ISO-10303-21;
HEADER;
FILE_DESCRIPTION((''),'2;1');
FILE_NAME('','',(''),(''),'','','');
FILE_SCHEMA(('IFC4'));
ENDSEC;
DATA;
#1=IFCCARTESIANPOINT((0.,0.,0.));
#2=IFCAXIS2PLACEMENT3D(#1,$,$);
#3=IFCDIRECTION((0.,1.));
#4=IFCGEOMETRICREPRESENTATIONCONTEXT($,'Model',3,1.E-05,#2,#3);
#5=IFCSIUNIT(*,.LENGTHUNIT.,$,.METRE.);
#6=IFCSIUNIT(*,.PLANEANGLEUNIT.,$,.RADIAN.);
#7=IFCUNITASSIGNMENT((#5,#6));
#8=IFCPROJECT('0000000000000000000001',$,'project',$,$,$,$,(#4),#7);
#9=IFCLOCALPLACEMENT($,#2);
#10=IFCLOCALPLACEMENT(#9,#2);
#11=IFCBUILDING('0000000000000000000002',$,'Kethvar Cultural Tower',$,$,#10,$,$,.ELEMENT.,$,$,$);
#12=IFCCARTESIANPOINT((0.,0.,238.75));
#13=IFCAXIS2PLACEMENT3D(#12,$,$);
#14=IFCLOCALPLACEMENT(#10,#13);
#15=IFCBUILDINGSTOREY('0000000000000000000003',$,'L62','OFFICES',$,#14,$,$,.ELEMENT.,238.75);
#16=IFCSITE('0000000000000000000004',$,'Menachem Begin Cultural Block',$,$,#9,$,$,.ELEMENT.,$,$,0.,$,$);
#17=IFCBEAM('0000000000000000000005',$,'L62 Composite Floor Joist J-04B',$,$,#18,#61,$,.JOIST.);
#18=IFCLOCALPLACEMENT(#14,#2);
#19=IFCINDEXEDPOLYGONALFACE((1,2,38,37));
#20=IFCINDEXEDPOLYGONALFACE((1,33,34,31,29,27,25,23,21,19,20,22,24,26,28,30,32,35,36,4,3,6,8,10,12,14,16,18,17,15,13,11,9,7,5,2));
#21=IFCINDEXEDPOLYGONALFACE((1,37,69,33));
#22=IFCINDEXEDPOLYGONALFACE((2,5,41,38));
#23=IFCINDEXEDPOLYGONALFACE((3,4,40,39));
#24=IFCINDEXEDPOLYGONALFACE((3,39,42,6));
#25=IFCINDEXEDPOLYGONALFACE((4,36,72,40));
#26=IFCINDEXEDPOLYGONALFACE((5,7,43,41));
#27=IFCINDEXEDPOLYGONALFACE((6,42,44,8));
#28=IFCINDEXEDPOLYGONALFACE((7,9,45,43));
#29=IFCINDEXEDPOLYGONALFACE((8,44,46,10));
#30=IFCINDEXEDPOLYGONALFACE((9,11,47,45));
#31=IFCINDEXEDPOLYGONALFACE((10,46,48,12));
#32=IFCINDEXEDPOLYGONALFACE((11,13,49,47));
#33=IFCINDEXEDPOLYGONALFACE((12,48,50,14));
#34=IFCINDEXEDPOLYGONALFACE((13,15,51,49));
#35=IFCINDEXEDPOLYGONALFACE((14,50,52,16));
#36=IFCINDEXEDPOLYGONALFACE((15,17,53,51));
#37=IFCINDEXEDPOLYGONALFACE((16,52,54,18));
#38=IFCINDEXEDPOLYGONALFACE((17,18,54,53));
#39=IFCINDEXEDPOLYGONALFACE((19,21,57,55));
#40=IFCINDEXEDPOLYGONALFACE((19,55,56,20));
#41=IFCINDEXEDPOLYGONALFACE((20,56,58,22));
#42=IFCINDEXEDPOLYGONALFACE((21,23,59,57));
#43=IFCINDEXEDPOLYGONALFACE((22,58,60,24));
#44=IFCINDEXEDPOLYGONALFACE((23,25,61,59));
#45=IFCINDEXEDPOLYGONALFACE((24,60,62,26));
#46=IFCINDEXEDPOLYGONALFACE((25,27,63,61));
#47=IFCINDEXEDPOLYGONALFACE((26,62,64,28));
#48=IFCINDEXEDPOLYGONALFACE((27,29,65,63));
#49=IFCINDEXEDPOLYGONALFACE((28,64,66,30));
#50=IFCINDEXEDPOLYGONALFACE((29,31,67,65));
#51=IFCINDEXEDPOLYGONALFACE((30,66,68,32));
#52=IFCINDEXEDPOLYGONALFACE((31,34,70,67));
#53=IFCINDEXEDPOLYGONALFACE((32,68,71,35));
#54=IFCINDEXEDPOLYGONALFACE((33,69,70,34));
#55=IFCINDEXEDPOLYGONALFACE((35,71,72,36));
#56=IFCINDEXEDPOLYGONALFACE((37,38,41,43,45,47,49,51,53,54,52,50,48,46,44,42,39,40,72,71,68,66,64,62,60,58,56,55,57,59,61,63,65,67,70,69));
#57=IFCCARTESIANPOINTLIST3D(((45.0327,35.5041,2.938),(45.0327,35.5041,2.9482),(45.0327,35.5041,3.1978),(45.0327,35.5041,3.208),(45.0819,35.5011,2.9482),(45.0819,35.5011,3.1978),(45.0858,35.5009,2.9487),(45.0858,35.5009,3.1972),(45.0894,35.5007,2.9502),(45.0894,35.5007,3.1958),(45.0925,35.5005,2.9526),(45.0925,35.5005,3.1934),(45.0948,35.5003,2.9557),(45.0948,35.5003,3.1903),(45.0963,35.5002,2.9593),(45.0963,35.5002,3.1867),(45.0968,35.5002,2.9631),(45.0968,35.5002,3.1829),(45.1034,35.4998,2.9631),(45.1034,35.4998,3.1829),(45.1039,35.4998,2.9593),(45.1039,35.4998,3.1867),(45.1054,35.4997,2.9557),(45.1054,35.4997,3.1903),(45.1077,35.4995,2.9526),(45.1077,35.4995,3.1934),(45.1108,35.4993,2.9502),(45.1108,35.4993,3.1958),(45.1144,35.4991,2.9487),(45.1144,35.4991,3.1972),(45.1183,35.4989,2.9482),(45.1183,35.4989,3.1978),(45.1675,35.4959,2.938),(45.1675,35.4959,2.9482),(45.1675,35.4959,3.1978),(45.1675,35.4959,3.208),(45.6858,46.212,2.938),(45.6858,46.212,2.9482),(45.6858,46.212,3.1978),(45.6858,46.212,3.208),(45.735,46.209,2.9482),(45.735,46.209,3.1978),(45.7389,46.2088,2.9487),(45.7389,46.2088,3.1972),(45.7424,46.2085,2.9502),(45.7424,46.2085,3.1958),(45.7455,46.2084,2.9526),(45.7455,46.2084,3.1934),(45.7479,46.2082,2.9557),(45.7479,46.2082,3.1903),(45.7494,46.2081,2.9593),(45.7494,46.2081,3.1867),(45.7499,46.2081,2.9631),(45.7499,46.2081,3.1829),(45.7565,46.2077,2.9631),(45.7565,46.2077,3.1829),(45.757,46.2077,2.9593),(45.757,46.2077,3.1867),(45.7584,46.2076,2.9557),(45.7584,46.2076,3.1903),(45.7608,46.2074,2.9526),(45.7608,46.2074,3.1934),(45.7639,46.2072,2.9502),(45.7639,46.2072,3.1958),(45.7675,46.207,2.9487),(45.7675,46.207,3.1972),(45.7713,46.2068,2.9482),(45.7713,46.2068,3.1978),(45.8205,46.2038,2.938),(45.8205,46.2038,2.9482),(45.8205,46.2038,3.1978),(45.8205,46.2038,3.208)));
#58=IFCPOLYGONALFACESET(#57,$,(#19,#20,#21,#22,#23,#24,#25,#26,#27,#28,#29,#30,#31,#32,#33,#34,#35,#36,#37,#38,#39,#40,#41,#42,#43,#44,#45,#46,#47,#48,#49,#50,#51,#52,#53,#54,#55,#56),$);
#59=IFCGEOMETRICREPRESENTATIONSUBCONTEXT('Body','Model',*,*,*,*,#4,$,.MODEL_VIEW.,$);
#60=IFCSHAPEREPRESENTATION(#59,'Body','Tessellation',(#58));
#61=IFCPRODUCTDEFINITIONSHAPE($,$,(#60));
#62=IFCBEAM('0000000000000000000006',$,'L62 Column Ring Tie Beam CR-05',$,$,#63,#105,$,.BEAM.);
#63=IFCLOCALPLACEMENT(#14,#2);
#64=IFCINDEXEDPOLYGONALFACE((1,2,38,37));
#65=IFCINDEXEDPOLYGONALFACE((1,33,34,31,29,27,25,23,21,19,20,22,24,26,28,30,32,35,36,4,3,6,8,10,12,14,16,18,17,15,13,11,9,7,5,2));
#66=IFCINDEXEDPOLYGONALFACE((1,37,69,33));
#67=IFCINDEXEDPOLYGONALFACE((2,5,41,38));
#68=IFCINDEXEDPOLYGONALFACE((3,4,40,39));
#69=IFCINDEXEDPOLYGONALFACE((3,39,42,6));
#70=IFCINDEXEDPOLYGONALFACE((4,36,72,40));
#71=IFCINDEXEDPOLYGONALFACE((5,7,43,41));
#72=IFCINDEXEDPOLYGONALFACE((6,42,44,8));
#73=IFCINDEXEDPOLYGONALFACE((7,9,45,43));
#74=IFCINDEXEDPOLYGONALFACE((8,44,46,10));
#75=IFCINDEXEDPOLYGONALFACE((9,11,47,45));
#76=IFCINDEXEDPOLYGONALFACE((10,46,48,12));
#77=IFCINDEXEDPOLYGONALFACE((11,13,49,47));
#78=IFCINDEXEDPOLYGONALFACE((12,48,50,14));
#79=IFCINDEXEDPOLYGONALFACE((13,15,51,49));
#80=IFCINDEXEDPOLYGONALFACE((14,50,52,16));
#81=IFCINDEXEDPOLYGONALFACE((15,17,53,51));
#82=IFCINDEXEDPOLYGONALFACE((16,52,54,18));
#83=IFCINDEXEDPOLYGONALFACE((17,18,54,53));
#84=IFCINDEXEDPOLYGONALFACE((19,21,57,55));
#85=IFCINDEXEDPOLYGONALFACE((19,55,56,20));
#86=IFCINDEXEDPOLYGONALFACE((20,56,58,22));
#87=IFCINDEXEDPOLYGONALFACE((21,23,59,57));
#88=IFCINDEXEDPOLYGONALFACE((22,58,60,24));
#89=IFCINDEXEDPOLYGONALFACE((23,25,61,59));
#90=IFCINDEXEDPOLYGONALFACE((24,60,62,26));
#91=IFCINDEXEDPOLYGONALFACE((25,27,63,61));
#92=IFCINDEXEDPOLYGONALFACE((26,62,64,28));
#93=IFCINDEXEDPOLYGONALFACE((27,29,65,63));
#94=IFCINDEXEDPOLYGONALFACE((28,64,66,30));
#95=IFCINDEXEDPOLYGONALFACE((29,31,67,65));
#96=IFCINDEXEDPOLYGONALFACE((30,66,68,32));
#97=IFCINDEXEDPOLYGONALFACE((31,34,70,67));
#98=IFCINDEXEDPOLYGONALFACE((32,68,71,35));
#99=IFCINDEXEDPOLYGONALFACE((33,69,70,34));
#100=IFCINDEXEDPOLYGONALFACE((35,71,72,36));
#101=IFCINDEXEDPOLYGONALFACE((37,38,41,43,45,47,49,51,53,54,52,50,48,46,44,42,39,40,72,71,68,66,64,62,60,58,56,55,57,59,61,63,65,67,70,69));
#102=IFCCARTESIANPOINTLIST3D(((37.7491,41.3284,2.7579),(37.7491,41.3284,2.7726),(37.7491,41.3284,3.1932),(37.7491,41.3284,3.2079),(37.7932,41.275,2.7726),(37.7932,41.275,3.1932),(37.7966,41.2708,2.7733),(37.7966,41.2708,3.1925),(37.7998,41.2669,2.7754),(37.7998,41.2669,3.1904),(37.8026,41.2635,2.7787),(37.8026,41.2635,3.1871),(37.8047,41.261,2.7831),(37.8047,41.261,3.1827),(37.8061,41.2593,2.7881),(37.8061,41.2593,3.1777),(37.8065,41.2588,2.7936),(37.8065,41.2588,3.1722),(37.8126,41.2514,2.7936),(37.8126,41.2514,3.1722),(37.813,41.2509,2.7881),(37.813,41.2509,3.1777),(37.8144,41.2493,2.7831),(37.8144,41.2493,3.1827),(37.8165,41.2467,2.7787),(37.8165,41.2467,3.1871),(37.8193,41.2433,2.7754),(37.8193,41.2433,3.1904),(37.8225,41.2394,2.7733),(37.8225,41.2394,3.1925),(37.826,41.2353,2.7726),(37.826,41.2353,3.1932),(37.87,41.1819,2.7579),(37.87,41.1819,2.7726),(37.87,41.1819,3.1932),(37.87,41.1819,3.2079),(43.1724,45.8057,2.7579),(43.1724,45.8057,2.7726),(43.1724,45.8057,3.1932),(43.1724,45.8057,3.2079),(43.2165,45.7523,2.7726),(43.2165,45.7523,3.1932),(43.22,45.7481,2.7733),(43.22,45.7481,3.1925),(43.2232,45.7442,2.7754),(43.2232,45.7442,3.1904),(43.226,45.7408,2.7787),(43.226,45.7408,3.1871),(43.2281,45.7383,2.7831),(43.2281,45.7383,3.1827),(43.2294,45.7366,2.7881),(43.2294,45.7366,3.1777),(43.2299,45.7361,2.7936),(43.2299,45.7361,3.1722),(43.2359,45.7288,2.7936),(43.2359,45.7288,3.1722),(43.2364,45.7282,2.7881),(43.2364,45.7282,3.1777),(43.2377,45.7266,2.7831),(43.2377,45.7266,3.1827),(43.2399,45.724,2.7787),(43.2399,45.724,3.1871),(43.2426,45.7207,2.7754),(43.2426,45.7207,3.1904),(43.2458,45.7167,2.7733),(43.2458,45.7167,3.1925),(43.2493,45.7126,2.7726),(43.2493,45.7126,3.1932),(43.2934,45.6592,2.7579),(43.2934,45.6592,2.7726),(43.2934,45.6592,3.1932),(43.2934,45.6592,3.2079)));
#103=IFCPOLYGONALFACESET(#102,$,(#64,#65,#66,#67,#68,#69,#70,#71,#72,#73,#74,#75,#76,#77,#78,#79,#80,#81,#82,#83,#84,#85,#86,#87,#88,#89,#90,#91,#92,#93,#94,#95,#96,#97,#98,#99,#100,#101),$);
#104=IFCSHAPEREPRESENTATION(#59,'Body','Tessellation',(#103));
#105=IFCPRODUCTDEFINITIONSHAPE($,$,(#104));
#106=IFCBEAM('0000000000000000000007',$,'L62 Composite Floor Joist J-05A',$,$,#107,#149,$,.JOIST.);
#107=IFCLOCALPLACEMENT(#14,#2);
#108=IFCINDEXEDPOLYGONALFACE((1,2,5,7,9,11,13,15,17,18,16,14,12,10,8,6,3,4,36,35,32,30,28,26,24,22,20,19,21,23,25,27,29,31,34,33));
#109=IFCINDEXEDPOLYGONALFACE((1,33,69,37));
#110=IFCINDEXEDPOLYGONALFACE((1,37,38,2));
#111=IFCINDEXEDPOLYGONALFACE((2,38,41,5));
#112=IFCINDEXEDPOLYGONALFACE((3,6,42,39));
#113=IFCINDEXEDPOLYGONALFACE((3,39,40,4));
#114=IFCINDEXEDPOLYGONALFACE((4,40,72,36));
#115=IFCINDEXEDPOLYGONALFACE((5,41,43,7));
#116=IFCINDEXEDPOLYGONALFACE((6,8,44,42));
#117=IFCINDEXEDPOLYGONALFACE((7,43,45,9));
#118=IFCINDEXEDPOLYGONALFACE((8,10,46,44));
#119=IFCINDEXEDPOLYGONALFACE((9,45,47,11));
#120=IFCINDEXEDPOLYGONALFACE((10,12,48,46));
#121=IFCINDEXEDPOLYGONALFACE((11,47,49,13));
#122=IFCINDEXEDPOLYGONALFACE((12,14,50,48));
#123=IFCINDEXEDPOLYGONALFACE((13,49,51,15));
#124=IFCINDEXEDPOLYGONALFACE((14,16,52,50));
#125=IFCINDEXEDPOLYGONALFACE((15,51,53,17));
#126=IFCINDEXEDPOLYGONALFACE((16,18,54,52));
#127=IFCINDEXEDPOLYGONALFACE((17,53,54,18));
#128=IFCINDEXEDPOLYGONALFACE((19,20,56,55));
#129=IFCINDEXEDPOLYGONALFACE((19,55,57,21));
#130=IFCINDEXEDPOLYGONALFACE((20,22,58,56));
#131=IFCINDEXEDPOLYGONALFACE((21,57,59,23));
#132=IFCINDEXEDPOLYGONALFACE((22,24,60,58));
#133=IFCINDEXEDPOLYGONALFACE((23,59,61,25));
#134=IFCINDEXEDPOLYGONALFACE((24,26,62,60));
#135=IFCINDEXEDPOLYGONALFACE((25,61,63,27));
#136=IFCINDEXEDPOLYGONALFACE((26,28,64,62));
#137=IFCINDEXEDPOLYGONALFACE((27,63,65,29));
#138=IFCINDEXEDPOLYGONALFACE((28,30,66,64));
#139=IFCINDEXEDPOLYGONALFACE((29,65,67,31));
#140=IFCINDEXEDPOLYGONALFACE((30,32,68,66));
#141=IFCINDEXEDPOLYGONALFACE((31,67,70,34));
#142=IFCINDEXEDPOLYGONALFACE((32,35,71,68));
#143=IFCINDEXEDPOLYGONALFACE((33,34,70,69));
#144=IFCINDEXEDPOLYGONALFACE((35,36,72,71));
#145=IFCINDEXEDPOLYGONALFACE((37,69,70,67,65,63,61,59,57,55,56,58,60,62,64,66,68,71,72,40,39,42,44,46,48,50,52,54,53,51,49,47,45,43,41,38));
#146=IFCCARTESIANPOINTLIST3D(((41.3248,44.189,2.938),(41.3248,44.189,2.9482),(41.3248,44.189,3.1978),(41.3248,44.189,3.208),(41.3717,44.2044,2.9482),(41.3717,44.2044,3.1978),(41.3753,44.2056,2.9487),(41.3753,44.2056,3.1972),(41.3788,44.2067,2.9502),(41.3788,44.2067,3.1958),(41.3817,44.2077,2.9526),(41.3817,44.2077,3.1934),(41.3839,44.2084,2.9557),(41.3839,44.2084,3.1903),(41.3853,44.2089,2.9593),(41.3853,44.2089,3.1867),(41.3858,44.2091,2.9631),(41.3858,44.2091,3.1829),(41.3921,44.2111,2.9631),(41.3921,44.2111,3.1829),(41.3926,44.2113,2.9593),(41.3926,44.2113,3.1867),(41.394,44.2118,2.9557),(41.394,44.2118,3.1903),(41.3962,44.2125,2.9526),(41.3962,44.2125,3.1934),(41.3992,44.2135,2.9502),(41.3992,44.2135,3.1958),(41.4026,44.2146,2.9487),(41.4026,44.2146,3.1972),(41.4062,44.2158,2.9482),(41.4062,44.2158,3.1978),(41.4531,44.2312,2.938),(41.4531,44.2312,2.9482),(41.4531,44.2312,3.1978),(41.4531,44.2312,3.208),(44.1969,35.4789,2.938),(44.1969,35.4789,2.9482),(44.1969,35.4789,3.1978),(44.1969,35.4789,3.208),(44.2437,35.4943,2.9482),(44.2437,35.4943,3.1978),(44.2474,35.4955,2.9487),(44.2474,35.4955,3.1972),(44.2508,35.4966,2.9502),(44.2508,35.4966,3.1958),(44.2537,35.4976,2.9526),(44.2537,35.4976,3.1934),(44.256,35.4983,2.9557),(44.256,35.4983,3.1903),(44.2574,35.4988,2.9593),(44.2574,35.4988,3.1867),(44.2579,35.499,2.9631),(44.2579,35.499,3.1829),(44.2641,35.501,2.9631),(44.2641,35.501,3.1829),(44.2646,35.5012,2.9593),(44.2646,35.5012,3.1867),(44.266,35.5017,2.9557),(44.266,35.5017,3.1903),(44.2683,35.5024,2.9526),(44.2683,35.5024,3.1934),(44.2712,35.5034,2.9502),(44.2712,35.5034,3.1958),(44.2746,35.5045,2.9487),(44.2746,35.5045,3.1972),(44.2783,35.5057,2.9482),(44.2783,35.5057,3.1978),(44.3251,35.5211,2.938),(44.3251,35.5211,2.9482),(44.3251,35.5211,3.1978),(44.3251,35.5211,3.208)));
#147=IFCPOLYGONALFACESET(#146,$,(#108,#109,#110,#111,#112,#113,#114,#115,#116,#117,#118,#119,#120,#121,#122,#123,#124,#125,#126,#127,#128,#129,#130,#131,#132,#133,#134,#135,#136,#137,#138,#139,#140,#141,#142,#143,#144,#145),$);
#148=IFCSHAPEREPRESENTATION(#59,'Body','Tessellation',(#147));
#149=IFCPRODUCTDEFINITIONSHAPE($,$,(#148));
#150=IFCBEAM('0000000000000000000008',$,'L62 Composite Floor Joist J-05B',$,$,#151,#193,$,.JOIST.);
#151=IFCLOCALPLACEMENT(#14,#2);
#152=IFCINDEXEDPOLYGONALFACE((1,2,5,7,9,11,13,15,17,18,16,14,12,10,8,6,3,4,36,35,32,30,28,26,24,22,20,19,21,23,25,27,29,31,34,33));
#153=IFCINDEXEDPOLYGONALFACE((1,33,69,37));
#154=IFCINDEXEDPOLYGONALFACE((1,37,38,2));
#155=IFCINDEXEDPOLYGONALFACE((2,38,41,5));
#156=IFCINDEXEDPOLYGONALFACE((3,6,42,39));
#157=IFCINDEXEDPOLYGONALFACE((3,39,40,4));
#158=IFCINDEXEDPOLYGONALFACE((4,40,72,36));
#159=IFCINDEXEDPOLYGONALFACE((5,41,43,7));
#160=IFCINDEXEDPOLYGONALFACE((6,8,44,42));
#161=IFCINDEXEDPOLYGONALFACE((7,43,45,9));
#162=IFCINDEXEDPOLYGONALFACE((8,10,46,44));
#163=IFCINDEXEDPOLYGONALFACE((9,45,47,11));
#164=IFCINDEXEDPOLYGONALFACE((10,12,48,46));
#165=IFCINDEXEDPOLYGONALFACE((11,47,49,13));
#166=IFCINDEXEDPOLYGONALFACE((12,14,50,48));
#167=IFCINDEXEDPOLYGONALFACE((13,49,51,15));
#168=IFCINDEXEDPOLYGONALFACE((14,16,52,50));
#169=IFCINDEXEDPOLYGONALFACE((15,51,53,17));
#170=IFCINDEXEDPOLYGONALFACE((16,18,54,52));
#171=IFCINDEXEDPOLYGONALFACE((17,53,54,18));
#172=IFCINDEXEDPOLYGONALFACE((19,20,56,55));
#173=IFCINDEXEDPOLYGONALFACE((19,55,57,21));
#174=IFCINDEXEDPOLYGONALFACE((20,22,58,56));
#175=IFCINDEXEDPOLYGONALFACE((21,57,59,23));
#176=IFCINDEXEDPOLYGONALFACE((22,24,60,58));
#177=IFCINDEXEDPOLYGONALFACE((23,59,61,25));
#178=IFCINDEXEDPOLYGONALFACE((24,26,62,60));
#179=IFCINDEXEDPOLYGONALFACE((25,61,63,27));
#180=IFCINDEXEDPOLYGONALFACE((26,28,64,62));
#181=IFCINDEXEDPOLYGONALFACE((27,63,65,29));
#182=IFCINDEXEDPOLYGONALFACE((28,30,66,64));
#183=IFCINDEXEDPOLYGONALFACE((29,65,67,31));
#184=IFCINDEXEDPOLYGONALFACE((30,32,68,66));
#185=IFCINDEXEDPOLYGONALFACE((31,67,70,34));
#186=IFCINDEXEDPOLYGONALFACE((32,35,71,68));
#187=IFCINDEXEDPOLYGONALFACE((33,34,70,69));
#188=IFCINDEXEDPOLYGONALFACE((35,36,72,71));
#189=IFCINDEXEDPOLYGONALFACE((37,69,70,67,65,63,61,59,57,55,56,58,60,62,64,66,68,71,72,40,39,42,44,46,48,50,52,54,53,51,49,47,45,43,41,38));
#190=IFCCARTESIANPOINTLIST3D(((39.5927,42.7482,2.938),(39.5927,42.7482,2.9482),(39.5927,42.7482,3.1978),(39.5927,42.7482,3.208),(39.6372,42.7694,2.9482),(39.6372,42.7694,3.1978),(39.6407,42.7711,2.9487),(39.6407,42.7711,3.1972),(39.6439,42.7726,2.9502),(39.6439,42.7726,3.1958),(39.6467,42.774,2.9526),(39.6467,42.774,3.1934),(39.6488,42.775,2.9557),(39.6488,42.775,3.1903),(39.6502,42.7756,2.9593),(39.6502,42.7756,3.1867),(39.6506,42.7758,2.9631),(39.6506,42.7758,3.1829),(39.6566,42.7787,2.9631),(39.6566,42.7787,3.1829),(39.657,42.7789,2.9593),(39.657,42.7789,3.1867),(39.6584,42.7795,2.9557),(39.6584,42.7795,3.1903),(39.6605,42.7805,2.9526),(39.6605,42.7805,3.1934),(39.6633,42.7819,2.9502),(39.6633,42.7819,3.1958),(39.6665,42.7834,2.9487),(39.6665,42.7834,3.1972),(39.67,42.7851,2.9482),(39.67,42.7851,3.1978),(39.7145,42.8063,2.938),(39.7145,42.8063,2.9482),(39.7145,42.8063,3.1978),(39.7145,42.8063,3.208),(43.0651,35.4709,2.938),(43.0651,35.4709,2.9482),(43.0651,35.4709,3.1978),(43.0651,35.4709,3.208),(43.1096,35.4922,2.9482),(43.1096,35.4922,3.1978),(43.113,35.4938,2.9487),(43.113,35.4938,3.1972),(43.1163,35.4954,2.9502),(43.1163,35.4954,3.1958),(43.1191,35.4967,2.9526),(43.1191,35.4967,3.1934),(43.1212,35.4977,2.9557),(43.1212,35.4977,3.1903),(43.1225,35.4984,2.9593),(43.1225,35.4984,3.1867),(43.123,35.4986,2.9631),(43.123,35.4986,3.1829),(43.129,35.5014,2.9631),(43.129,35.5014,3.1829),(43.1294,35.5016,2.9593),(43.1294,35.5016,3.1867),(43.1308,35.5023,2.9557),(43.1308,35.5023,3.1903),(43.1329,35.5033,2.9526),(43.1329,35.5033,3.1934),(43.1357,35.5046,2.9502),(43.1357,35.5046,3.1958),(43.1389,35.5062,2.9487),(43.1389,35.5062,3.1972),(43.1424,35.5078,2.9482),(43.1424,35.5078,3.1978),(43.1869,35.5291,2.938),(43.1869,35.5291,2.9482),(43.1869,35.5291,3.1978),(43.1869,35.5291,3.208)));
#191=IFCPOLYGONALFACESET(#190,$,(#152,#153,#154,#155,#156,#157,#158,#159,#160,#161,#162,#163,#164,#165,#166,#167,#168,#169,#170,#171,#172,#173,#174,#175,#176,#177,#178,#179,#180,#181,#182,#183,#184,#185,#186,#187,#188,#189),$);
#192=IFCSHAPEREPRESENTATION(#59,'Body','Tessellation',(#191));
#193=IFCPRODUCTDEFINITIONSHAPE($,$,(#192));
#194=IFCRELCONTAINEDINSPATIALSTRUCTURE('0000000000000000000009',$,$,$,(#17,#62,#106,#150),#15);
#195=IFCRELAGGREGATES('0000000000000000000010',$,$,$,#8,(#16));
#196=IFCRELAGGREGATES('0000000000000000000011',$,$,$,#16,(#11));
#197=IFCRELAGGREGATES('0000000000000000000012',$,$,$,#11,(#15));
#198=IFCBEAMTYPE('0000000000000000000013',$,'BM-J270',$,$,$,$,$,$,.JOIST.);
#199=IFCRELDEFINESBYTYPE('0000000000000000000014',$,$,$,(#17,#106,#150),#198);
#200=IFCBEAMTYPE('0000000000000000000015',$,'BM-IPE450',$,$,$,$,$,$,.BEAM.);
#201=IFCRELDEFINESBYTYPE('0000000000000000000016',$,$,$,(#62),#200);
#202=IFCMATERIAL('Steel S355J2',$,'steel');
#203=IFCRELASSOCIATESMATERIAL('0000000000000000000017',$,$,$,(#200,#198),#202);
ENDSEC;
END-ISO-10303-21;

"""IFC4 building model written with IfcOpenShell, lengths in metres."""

from ifc_helpers import new_model, si_unit, direction, frame, origin, origin_2d, place, context, subcontext, project, spatial, i_section, extrude, source, transform, mapped, material, material_profile, profile_set, type_object, element, save


model = new_model("IFC4")

# Units and contexts
model_context = context("Model", 3, precision=1e-05, world=origin(), true_north=direction((0.0, 1.0)))
body_context = subcontext(model_context, "Body", "Model", "MODEL_VIEW")
ifc_project = project(units=[si_unit("LENGTHUNIT", "METRE"), si_unit("PLANEANGLEUNIT", "RADIAN")], contexts=[model_context])

# Site, building, storey
site_placement = place(None, origin())
site = spatial("IfcSite", under=ifc_project, at=site_placement, Name="Menachem Begin Cultural Block", CompositionType="ELEMENT", RefElevation=0.0)
building_placement = place(site_placement, origin())
building = spatial("IfcBuilding", under=site, at=building_placement, Name="Kethvar Cultural Tower", CompositionType="ELEMENT")
storey_placement = place(building_placement, frame((0.0, 0.0, 238.75)))
storey = spatial("IfcBuildingStorey", under=building, at=storey_placement, Name="L62", Description="OFFICES", CompositionType="ELEMENT", Elevation=238.75)

# Beams
ifc_material_1 = material(Name="Steel S355J2", Category="steel")
ifc_material_profile_1 = material_profile(ifc_material_1, i_section(OverallWidth=0.1899, OverallDepth=0.45, WebThickness=0.0095, FlangeThickness=0.0146, FilletRadius=0.021, at=origin_2d()), Name="Steel S355J2 — IPE450")
ifc_profile_set_1 = profile_set([ifc_material_profile_1], Name="Steel S355J2 — IPE450")
beam_type_1 = type_object("IfcBeamType", Name="BM-IPE450", PredefinedType="BEAM", material=ifc_profile_set_1)
ifc_material_profile_2 = material_profile(ifc_material_1, i_section(OverallWidth=0.135, OverallDepth=0.27, WebThickness=0.0066, FlangeThickness=0.0103, FilletRadius=0.0149, at=origin_2d()), Name="Steel S355J2 — IPE270")
ifc_profile_set_2 = profile_set([ifc_material_profile_2], Name="Steel S355J2 — IPE270")
beam_type_2 = type_object("IfcBeamType", Name="BM-J270", PredefinedType="JOIST", material=ifc_profile_set_2)
shared_shape_1 = source(origin(), body_context, "Body", "SweptSolid", [
    extrude(i_section(OverallWidth=0.135, OverallDepth=0.27, WebThickness=0.0066, FlangeThickness=0.0103, FilletRadius=0.0149, at=origin_2d()), origin(), (0.0, 0.0, 1.0), 10.7278),
])
beam_1_placement = place(storey_placement, frame((45.1001, 35.5, 3.073), z_axis=(0.060876, 0.998145, 0.0), x_axis=(-0.998145, 0.060876, 0.0)))
element("IfcBeam", 1, at=beam_1_placement, inside=storey, type_object=beam_type_2, Name="L62 Composite Floor Joist J-04B", PredefinedType="JOIST", context=body_context, shape_type="MappedRepresentation", body=[
    mapped(shared_shape_1, transform((0.0, 0.0, 0.0), scale=1.0)),
])
shared_shape_2 = source(origin(), body_context, "Body", "SweptSolid", [
    extrude(i_section(OverallWidth=0.1899, OverallDepth=0.45, WebThickness=0.0095, FlangeThickness=0.0146, FilletRadius=0.021, at=origin_2d()), origin(), (0.0, 0.0, 1.0), 7.0327),
])
beam_2_placement = place(storey_placement, frame((43.2329, 45.7324, 2.9829), z_axis=(-0.771161, -0.63664, 0.0), x_axis=(0.63664, -0.771161, 0.0)))
element("IfcBeam", 2, at=beam_2_placement, inside=storey, type_object=beam_type_1, Name="L62 Column Ring Tie Beam CR-05", PredefinedType="BEAM", context=body_context, shape_type="MappedRepresentation", body=[
    mapped(shared_shape_2, transform((0.0, 0.0, 0.0), scale=1.0)),
])
shared_shape_3 = source(origin(), body_context, "Body", "SweptSolid", [
    extrude(i_section(OverallWidth=0.135, OverallDepth=0.27, WebThickness=0.0066, FlangeThickness=0.0103, FilletRadius=0.0149, at=origin_2d()), origin(), (0.0, 0.0, 1.0), 9.1714),
])
beam_3_placement = place(storey_placement, frame((44.261, 35.5, 3.073), z_axis=(-0.313152, 0.949703, 0.0), x_axis=(-0.949703, -0.313152, 0.0)))
element("IfcBeam", 3, at=beam_3_placement, inside=storey, type_object=beam_type_2, Name="L62 Composite Floor Joist J-05A", PredefinedType="JOIST", context=body_context, shape_type="MappedRepresentation", body=[
    mapped(shared_shape_3, transform((0.0, 0.0, 0.0), scale=1.0)),
])
shared_shape_4 = source(origin(), body_context, "Body", "SweptSolid", [
    extrude(i_section(OverallWidth=0.135, OverallDepth=0.27, WebThickness=0.0066, FlangeThickness=0.0103, FilletRadius=0.0149, at=origin_2d()), origin(), (0.0, 0.0, 1.0), 8.0632),
])
beam_4_placement = place(storey_placement, frame((43.126, 35.5, 3.073), z_axis=(-0.430642, 0.902523, 0.0), x_axis=(-0.902523, -0.430642, 0.0)))
element("IfcBeam", 4, at=beam_4_placement, inside=storey, type_object=beam_type_2, Name="L62 Composite Floor Joist J-05B", PredefinedType="JOIST", context=body_context, shape_type="MappedRepresentation", body=[
    mapped(shared_shape_4, transform((0.0, 0.0, 0.0), scale=1.0)),
])

save(model, "model.ifc")
